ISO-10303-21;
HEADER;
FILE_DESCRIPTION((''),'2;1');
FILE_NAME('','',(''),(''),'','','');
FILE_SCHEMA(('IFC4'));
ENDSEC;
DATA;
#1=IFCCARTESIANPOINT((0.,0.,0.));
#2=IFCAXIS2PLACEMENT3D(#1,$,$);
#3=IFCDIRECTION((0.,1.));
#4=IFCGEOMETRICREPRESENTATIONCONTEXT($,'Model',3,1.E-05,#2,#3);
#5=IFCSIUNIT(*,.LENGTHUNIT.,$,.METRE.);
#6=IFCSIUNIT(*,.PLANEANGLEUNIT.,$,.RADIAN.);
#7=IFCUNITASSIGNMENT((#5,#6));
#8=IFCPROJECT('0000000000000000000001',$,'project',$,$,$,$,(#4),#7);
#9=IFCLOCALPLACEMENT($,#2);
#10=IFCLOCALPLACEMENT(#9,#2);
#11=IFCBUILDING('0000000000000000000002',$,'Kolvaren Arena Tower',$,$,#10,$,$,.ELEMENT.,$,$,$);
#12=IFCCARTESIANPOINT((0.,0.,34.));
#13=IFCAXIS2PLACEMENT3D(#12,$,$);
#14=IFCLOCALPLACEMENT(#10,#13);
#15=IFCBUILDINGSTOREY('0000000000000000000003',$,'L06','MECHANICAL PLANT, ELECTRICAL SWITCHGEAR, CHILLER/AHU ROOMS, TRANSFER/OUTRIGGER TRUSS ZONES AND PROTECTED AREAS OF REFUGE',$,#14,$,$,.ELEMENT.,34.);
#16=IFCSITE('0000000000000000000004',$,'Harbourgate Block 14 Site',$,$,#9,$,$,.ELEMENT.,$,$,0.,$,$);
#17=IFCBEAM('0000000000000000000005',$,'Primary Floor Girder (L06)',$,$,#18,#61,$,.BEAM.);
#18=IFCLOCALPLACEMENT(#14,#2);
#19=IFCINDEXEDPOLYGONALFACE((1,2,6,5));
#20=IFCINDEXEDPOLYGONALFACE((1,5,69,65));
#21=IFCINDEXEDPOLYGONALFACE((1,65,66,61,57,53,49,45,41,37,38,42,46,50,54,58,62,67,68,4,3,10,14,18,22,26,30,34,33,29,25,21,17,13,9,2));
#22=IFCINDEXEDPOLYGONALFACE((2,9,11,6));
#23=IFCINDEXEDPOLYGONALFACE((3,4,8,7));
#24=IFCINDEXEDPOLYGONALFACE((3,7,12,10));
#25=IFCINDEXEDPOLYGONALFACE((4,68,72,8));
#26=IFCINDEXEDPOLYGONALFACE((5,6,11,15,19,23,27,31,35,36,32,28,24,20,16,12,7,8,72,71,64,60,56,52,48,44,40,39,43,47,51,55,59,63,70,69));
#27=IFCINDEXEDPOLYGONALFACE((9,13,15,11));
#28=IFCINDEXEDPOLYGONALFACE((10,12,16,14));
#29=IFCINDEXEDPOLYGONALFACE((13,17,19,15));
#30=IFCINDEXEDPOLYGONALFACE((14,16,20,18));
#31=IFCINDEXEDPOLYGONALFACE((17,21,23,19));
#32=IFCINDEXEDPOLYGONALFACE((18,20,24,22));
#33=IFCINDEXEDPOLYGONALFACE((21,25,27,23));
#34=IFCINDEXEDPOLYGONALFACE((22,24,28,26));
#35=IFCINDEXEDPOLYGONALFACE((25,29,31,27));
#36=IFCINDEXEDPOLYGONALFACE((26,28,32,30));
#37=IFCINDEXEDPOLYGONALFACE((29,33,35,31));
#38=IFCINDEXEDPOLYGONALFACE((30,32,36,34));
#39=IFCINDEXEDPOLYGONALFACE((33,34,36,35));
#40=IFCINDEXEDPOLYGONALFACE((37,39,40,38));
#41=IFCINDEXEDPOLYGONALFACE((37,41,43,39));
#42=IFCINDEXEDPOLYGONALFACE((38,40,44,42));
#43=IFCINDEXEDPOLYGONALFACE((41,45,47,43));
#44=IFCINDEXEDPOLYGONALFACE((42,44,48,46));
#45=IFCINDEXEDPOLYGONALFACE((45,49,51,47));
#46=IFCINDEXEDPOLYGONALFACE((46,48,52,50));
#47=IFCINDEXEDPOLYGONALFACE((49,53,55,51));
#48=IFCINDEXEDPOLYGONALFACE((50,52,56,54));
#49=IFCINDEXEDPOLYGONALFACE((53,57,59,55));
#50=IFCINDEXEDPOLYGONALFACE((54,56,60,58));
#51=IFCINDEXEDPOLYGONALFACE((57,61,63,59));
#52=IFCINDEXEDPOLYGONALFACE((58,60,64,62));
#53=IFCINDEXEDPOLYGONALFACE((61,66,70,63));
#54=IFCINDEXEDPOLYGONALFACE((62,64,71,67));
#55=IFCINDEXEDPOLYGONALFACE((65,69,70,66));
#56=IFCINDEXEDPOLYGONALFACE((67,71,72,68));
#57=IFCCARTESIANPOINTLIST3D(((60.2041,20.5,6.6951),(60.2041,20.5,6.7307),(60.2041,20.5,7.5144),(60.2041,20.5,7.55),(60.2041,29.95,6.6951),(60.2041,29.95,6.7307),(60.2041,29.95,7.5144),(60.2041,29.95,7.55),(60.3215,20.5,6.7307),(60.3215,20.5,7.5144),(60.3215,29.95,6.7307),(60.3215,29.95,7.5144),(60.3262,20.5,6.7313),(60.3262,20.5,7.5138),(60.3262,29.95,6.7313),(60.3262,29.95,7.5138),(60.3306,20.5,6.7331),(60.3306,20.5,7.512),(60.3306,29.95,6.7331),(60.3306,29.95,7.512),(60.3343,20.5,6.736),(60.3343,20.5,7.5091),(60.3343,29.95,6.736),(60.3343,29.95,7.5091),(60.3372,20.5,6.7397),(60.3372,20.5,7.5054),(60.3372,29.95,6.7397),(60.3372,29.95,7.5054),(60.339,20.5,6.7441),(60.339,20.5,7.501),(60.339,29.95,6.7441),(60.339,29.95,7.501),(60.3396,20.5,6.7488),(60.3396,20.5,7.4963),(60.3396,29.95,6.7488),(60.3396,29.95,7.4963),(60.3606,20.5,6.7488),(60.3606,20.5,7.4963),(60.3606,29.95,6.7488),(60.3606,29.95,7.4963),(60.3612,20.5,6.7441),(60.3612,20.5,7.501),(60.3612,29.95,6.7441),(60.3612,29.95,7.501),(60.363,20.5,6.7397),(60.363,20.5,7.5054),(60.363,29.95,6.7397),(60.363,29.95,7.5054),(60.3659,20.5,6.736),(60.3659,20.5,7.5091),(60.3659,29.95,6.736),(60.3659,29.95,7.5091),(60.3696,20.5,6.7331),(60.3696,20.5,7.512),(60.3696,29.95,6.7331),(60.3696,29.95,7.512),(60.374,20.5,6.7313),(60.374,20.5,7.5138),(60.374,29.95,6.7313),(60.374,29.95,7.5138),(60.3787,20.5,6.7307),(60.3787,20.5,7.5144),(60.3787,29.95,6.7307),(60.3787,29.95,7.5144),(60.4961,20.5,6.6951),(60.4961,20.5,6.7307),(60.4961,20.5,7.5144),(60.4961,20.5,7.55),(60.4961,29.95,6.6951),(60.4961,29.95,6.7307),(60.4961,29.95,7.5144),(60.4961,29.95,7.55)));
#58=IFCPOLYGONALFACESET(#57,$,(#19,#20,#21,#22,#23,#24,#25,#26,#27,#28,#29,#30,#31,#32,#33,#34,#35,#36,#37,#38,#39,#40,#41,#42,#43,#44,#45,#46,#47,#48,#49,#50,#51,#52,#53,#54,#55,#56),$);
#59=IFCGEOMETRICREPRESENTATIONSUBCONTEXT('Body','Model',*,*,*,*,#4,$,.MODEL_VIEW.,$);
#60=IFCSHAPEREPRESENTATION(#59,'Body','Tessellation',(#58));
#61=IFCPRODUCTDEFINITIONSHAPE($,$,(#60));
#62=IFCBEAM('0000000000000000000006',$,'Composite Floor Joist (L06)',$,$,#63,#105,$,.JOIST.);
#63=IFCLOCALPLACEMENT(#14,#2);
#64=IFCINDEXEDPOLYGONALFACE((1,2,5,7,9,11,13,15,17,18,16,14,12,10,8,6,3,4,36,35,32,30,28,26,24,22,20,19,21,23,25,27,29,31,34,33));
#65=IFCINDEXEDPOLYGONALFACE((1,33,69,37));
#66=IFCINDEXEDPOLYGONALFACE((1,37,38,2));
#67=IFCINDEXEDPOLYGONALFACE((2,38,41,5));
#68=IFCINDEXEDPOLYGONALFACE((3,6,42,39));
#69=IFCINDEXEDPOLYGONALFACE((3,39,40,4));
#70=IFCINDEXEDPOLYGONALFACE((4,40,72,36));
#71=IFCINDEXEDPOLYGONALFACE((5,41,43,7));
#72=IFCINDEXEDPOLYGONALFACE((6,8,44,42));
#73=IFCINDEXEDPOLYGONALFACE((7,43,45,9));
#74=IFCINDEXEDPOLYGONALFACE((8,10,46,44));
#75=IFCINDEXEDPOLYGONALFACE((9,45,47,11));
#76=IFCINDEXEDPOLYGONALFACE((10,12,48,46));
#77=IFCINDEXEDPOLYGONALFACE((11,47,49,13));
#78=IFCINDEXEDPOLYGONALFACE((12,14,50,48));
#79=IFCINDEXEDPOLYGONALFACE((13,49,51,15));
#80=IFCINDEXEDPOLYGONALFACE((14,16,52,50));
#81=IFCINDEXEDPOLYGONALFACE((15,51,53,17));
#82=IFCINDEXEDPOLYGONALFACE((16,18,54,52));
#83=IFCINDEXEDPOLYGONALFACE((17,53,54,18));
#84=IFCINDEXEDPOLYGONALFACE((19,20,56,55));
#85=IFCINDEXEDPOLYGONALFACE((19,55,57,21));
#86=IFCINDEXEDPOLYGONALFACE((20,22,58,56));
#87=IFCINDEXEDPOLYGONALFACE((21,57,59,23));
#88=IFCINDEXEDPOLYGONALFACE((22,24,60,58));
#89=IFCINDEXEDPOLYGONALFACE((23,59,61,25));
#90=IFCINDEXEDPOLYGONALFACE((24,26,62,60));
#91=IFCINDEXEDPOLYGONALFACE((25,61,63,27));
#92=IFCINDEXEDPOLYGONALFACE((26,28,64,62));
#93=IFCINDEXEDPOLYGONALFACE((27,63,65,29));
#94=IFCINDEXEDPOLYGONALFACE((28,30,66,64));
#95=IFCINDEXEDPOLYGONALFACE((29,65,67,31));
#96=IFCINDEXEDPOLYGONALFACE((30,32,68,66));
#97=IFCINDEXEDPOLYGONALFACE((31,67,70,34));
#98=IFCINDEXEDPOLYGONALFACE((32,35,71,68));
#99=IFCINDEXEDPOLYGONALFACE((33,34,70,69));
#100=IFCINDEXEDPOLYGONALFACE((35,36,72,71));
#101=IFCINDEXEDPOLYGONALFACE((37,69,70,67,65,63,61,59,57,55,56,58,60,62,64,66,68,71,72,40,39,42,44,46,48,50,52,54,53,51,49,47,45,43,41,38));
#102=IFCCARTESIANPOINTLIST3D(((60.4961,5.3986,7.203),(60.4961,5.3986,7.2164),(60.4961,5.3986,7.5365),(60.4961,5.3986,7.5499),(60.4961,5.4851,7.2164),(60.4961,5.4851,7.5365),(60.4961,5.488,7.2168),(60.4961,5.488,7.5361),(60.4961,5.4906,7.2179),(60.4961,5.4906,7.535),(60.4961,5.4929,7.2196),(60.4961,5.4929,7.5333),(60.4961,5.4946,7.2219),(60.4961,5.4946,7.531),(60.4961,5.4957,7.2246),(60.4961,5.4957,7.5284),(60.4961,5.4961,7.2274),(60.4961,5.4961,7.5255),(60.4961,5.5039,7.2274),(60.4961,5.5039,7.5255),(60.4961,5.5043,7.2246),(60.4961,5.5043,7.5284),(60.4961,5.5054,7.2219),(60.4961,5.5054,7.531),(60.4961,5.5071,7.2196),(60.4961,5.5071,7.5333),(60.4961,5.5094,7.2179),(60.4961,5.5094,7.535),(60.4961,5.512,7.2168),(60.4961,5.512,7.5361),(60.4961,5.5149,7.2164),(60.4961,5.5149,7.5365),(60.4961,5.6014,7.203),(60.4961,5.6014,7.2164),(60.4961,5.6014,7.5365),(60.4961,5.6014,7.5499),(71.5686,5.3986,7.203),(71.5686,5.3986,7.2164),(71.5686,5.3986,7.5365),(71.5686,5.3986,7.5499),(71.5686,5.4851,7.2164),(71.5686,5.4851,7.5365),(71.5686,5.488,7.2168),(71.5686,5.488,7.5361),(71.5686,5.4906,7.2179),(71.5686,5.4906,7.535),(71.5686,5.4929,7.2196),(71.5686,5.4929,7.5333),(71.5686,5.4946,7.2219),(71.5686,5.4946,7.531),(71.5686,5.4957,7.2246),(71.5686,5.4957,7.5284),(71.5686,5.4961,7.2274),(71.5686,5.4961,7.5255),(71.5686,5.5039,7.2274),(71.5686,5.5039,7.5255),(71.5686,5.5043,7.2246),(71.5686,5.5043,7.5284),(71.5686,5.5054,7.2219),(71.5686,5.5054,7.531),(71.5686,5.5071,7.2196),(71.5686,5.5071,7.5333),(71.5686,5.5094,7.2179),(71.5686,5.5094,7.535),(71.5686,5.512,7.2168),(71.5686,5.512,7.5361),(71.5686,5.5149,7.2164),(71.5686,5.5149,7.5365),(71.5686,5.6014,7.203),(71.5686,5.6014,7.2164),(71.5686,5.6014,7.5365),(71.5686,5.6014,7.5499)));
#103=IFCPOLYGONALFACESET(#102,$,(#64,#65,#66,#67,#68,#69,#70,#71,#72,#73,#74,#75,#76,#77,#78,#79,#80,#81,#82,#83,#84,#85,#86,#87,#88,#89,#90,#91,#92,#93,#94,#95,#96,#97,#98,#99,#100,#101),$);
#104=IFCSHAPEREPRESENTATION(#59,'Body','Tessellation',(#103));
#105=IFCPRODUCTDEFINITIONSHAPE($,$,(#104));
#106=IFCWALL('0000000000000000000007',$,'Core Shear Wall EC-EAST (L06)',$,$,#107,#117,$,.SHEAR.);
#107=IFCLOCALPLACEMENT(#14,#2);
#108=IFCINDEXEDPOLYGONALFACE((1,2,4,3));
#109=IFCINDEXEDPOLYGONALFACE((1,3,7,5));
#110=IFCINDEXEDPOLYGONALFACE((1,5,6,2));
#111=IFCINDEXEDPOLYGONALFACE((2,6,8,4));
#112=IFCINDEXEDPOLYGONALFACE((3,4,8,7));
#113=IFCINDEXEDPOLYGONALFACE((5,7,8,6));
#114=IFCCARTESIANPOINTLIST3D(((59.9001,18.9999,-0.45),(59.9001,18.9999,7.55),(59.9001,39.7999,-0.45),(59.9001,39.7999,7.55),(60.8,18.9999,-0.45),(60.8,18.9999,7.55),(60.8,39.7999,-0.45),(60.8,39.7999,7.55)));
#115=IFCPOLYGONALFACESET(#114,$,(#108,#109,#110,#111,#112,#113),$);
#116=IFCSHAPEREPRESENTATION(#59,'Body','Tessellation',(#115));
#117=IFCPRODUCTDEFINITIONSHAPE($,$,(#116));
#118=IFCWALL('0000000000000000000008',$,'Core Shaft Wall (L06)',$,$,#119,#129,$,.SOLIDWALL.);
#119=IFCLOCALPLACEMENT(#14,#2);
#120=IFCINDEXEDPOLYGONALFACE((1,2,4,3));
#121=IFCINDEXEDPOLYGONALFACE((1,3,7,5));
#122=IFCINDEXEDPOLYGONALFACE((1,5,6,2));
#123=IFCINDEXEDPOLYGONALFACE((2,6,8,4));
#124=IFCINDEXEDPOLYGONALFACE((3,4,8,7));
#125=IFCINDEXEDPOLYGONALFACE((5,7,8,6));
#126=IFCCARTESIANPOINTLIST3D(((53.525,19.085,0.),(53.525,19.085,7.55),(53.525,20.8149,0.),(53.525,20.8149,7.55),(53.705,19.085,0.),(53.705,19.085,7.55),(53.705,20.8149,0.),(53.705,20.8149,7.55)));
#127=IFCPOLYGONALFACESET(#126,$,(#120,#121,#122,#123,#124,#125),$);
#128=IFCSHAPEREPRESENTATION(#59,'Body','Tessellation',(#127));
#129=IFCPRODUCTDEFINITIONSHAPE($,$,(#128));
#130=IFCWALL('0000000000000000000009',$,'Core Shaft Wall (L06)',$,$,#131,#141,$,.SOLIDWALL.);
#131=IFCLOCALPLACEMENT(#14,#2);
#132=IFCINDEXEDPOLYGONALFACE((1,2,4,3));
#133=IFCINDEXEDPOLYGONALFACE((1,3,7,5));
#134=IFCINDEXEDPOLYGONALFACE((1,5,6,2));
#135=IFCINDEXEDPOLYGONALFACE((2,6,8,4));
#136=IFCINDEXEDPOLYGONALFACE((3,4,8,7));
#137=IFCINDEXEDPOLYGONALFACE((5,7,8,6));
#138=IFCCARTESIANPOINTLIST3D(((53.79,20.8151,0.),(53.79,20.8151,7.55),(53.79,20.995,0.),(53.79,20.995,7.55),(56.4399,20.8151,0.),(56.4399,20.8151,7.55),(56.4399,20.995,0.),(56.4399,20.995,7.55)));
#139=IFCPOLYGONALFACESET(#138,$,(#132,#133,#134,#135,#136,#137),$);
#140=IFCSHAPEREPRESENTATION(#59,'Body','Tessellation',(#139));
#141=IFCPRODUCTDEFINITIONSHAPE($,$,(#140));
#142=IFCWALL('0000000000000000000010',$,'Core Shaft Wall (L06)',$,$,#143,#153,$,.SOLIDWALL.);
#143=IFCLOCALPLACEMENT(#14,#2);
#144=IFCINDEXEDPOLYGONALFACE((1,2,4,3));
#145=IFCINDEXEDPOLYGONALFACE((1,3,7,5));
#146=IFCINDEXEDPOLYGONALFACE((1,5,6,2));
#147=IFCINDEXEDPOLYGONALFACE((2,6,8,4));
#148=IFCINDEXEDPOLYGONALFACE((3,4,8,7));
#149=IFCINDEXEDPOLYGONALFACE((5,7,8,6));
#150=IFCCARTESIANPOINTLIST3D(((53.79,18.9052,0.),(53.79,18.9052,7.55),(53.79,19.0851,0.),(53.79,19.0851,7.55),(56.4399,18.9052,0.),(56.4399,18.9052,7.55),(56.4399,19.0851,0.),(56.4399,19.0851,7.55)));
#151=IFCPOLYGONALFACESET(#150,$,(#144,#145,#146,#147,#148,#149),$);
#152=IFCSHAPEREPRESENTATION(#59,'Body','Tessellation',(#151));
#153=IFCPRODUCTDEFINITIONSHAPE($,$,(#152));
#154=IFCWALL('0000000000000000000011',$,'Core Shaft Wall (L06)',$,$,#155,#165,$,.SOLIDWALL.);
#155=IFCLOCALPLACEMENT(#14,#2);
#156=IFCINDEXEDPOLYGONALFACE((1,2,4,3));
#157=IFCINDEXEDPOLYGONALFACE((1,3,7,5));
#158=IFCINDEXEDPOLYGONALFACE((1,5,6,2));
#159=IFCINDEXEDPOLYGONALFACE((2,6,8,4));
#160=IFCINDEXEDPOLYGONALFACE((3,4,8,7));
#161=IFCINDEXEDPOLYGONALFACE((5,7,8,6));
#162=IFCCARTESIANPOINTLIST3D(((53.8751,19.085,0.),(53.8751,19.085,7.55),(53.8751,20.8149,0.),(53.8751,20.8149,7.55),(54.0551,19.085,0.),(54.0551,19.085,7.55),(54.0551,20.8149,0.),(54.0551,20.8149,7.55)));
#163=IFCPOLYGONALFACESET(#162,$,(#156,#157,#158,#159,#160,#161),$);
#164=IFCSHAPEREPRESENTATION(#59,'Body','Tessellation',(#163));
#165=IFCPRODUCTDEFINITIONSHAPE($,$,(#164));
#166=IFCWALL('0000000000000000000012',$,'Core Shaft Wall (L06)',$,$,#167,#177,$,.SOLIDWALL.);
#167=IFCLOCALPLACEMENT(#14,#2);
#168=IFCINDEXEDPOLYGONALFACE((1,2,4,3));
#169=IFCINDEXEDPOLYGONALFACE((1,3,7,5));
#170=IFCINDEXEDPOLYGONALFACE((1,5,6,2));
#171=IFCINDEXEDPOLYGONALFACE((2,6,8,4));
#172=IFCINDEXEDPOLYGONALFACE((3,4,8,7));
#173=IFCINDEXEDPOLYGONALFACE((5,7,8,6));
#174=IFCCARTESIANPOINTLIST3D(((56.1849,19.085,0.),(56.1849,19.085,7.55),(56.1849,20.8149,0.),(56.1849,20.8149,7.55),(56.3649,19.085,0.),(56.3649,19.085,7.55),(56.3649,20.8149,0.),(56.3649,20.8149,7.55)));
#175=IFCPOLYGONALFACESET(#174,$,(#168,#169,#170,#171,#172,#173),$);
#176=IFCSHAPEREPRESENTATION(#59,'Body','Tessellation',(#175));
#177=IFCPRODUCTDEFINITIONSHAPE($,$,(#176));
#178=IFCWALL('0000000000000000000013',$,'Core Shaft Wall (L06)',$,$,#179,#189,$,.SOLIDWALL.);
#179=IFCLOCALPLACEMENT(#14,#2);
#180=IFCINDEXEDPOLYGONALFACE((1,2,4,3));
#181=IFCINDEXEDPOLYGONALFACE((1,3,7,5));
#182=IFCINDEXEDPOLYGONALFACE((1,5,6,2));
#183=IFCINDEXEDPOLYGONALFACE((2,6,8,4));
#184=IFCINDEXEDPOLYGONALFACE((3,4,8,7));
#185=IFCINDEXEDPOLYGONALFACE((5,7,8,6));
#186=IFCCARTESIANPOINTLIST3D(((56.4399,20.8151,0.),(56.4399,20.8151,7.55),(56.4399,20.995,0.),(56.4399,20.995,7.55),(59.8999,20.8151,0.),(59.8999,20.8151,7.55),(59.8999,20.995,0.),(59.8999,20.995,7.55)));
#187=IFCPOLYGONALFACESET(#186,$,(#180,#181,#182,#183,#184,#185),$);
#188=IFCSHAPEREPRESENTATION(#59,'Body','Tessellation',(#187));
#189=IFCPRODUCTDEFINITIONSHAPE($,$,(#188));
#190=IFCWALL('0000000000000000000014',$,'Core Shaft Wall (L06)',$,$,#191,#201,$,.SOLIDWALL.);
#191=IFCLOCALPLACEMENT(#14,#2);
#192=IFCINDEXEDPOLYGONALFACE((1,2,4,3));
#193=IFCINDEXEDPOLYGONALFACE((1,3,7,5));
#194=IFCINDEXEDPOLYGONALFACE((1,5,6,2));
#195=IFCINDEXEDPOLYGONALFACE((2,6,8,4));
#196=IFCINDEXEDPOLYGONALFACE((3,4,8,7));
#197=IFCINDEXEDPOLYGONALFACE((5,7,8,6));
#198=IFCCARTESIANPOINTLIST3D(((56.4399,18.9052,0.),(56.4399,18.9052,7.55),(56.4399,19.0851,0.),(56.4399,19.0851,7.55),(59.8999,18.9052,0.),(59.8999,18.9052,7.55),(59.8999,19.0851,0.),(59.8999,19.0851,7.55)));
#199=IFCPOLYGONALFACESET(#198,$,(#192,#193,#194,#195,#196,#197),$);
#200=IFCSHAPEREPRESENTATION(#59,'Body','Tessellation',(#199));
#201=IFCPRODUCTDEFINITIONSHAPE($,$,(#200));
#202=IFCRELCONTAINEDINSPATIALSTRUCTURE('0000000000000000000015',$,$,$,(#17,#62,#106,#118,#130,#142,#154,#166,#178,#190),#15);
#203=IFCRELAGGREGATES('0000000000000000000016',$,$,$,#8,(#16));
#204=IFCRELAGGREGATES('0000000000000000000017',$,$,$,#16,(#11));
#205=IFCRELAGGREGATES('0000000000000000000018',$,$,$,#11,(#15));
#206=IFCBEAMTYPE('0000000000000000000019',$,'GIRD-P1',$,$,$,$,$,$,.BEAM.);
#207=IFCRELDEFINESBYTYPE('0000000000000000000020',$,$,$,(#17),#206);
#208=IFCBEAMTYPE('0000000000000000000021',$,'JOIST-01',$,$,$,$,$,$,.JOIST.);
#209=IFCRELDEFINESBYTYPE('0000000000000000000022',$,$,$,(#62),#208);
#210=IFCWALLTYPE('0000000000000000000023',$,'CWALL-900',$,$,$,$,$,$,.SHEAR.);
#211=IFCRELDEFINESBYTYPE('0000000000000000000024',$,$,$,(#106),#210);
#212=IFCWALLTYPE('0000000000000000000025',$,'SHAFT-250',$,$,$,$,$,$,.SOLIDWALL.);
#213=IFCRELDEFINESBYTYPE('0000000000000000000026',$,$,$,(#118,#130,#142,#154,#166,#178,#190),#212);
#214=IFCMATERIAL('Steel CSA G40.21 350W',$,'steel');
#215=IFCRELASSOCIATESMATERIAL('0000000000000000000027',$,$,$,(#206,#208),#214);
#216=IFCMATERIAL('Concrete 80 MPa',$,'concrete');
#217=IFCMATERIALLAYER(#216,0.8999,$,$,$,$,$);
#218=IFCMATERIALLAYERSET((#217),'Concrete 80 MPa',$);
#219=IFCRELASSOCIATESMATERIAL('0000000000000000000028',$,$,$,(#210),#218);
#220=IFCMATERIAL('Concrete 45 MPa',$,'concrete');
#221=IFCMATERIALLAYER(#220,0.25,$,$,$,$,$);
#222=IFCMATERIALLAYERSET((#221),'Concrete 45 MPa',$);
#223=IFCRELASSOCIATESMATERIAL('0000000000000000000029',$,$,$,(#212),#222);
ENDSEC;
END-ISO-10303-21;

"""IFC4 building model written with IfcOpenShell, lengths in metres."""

from ifc_helpers import new_model, si_unit, direction, frame, frame_2d, origin, origin_2d, place, context, subcontext, project, spatial, rectangle, i_section, extrude, material, layer, layer_set, material_profile, profile_set, type_object, element, save


model = new_model("IFC4")

# Units and contexts
model_context = context("Model", 3, precision=1e-05, world=origin(), true_north=direction((0.0, 1.0)))
body_context = subcontext(model_context, "Body", "Model", "MODEL_VIEW")
ifc_project = project(units=[si_unit("LENGTHUNIT", "METRE"), si_unit("PLANEANGLEUNIT", "RADIAN")], contexts=[model_context])

# Site, building, storey
site_placement = place(None, origin())
site = spatial("IfcSite", under=ifc_project, at=site_placement, Name="Harbourgate Block 14 Site", CompositionType="ELEMENT", RefElevation=0.0)
building_placement = place(site_placement, origin())
building = spatial("IfcBuilding", under=site, at=building_placement, Name="Kolvaren Arena Tower", CompositionType="ELEMENT")
storey_placement = place(building_placement, frame((0.0, 0.0, 34.0)))
storey = spatial("IfcBuildingStorey", under=building, at=storey_placement, Name="L06", Description="MECHANICAL PLANT, ELECTRICAL SWITCHGEAR, CHILLER/AHU ROOMS, TRANSFER/OUTRIGGER TRUSS ZONES AND PROTECTED AREAS OF REFUGE", CompositionType="ELEMENT", Elevation=34.0)

# Beams
ifc_material_1 = material(Name="Steel CSA G40.21 350W", Category="steel")
ifc_material_profile_1 = material_profile(ifc_material_1, i_section(OverallWidth=0.292, OverallDepth=0.855, WebThickness=0.021, FlangeThickness=0.0356, FilletRadius=0.0181, at=origin_2d()), Name="W840x299")
ifc_profile_set_1 = profile_set([ifc_material_profile_1], Name="Steel CSA G40.21 350W")
beam_type_1 = type_object("IfcBeamType", Name="GIRD-P1", PredefinedType="BEAM", material=ifc_profile_set_1)
beam_1_placement = place(storey_placement, frame((60.3501, 20.5, 7.1226), z_axis=(0.0, 1.0, 0.0), x_axis=(-1.0, 0.0, 0.0)))
element("IfcBeam", 1, at=beam_1_placement, inside=storey, type_object=beam_type_1, Name="Primary Floor Girder (L06)", PredefinedType="BEAM", context=body_context, shape_type="SweptSolid", body=[
    extrude(i_section(OverallWidth=0.292, OverallDepth=0.855, WebThickness=0.021, FlangeThickness=0.0356, FilletRadius=0.0181, at=origin_2d()), origin(), (0.0, 0.0, 1.0), 9.45),
])
ifc_material_profile_2 = material_profile(ifc_material_1, i_section(OverallWidth=0.2029, OverallDepth=0.3469, WebThickness=0.0078, FlangeThickness=0.0134, FilletRadius=0.011, at=origin_2d()), Name="W360x64")
ifc_profile_set_2 = profile_set([ifc_material_profile_2], Name="Steel CSA G40.21 350W")
beam_type_2 = type_object("IfcBeamType", Name="JOIST-01", PredefinedType="JOIST", material=ifc_profile_set_2)
beam_2_placement = place(storey_placement, frame((60.4961, 5.5, 7.3765), z_axis=(1.0, 0.0, 0.0), x_axis=(0.0, 1.0, 0.0)))
element("IfcBeam", 2, at=beam_2_placement, inside=storey, type_object=beam_type_2, Name="Composite Floor Joist (L06)", PredefinedType="JOIST", context=body_context, shape_type="SweptSolid", body=[
    extrude(i_section(OverallWidth=0.2029, OverallDepth=0.3469, WebThickness=0.0078, FlangeThickness=0.0134, FilletRadius=0.011, at=origin_2d()), origin(), (0.0, 0.0, 1.0), 11.0725),
])

# Walls
ifc_material_2 = material(Name="Concrete 80 MPa", Category="concrete")
ifc_layer_1 = layer(ifc_material_2, 0.8999)
ifc_layer_set_1 = layer_set([ifc_layer_1], Name="Concrete 80 MPa")
wall_type_1 = type_object("IfcWallType", Name="CWALL-900", PredefinedType="SHEAR", material=ifc_layer_set_1)
wall_1_placement = place(storey_placement, frame((60.3501, 19.0, -0.45), z_axis=(0.0, 0.0, 1.0), x_axis=(0.0, 1.0, 0.0)))
element("IfcWall", 3, at=wall_1_placement, inside=storey, type_object=wall_type_1, Name="Core Shear Wall EC-EAST (L06)", PredefinedType="SHEAR", context=body_context, shape_type="SweptSolid", body=[
    extrude(rectangle(XDim=20.8, YDim=0.8999, at=frame_2d((10.3999, 0.0))), origin(), (0.0, 0.0, 1.0), 8.0),
])
ifc_material_3 = material(Name="Concrete 45 MPa", Category="concrete")
ifc_layer_2 = layer(ifc_material_3, 0.25)
ifc_layer_set_2 = layer_set([ifc_layer_2], Name="Concrete 45 MPa")
wall_type_2 = type_object("IfcWallType", Name="SHAFT-250", PredefinedType="SOLIDWALL", material=ifc_layer_set_2)
wall_2_placement = place(storey_placement, frame((53.615, 19.085, 0.0), z_axis=(0.0, 0.0, 1.0), x_axis=(0.0, 1.0, 0.0)))
element("IfcWall", 4, at=wall_2_placement, inside=storey, type_object=wall_type_2, Name="Core Shaft Wall (L06)", PredefinedType="SOLIDWALL", context=body_context, shape_type="SweptSolid", body=[
    extrude(rectangle(XDim=1.73, YDim=0.1799, at=frame_2d((0.865, 0.0))), origin(), (0.0, 0.0, 1.0), 7.55),
])
for number, where, z_axis, x_axis, name in (
    (5, (53.79, 20.905, 0.0), (0.0, 0.0, 1.0), (1.0, 0.0, 0.0), "Core Shaft Wall (L06)"),
    (6, (53.79, 18.9951, 0.0), (0.0, 0.0, 1.0), (1.0, 0.0, 0.0), "Core Shaft Wall (L06)"),
):
    element("IfcWall", number, at=place(storey_placement, frame(where, z_axis=z_axis, x_axis=x_axis)), inside=storey, type_object=wall_type_2, Name=name, PredefinedType="SOLIDWALL", context=body_context, shape_type="SweptSolid", body=[
        extrude(rectangle(XDim=2.6499, YDim=0.1799, at=frame_2d((1.325, 0.0))), origin(), (0.0, 0.0, 1.0), 7.55),
    ])
for number, where, z_axis, x_axis, name in (
    (7, (53.9651, 19.085, 0.0), (0.0, 0.0, 1.0), (0.0, 1.0, 0.0), "Core Shaft Wall (L06)"),
    (8, (56.2749, 19.085, 0.0), (0.0, 0.0, 1.0), (0.0, 1.0, 0.0), "Core Shaft Wall (L06)"),
):
    element("IfcWall", number, at=place(storey_placement, frame(where, z_axis=z_axis, x_axis=x_axis)), inside=storey, type_object=wall_type_2, Name=name, PredefinedType="SOLIDWALL", context=body_context, shape_type="SweptSolid", body=[
        extrude(rectangle(XDim=1.73, YDim=0.1799, at=frame_2d((0.865, 0.0))), origin(), (0.0, 0.0, 1.0), 7.55),
    ])
for number, where, z_axis, x_axis, name in (
    (9, (56.4399, 20.905, 0.0), (0.0, 0.0, 1.0), (1.0, 0.0, 0.0), "Core Shaft Wall (L06)"),
    (10, (56.4399, 18.9951, 0.0), (0.0, 0.0, 1.0), (1.0, 0.0, 0.0), "Core Shaft Wall (L06)"),
):
    element("IfcWall", number, at=place(storey_placement, frame(where, z_axis=z_axis, x_axis=x_axis)), inside=storey, type_object=wall_type_2, Name=name, PredefinedType="SOLIDWALL", context=body_context, shape_type="SweptSolid", body=[
        extrude(rectangle(XDim=3.46, YDim=0.1799, at=frame_2d((1.73, 0.0))), origin(), (0.0, 0.0, 1.0), 7.55),
    ])

save(model, "model.ifc")
